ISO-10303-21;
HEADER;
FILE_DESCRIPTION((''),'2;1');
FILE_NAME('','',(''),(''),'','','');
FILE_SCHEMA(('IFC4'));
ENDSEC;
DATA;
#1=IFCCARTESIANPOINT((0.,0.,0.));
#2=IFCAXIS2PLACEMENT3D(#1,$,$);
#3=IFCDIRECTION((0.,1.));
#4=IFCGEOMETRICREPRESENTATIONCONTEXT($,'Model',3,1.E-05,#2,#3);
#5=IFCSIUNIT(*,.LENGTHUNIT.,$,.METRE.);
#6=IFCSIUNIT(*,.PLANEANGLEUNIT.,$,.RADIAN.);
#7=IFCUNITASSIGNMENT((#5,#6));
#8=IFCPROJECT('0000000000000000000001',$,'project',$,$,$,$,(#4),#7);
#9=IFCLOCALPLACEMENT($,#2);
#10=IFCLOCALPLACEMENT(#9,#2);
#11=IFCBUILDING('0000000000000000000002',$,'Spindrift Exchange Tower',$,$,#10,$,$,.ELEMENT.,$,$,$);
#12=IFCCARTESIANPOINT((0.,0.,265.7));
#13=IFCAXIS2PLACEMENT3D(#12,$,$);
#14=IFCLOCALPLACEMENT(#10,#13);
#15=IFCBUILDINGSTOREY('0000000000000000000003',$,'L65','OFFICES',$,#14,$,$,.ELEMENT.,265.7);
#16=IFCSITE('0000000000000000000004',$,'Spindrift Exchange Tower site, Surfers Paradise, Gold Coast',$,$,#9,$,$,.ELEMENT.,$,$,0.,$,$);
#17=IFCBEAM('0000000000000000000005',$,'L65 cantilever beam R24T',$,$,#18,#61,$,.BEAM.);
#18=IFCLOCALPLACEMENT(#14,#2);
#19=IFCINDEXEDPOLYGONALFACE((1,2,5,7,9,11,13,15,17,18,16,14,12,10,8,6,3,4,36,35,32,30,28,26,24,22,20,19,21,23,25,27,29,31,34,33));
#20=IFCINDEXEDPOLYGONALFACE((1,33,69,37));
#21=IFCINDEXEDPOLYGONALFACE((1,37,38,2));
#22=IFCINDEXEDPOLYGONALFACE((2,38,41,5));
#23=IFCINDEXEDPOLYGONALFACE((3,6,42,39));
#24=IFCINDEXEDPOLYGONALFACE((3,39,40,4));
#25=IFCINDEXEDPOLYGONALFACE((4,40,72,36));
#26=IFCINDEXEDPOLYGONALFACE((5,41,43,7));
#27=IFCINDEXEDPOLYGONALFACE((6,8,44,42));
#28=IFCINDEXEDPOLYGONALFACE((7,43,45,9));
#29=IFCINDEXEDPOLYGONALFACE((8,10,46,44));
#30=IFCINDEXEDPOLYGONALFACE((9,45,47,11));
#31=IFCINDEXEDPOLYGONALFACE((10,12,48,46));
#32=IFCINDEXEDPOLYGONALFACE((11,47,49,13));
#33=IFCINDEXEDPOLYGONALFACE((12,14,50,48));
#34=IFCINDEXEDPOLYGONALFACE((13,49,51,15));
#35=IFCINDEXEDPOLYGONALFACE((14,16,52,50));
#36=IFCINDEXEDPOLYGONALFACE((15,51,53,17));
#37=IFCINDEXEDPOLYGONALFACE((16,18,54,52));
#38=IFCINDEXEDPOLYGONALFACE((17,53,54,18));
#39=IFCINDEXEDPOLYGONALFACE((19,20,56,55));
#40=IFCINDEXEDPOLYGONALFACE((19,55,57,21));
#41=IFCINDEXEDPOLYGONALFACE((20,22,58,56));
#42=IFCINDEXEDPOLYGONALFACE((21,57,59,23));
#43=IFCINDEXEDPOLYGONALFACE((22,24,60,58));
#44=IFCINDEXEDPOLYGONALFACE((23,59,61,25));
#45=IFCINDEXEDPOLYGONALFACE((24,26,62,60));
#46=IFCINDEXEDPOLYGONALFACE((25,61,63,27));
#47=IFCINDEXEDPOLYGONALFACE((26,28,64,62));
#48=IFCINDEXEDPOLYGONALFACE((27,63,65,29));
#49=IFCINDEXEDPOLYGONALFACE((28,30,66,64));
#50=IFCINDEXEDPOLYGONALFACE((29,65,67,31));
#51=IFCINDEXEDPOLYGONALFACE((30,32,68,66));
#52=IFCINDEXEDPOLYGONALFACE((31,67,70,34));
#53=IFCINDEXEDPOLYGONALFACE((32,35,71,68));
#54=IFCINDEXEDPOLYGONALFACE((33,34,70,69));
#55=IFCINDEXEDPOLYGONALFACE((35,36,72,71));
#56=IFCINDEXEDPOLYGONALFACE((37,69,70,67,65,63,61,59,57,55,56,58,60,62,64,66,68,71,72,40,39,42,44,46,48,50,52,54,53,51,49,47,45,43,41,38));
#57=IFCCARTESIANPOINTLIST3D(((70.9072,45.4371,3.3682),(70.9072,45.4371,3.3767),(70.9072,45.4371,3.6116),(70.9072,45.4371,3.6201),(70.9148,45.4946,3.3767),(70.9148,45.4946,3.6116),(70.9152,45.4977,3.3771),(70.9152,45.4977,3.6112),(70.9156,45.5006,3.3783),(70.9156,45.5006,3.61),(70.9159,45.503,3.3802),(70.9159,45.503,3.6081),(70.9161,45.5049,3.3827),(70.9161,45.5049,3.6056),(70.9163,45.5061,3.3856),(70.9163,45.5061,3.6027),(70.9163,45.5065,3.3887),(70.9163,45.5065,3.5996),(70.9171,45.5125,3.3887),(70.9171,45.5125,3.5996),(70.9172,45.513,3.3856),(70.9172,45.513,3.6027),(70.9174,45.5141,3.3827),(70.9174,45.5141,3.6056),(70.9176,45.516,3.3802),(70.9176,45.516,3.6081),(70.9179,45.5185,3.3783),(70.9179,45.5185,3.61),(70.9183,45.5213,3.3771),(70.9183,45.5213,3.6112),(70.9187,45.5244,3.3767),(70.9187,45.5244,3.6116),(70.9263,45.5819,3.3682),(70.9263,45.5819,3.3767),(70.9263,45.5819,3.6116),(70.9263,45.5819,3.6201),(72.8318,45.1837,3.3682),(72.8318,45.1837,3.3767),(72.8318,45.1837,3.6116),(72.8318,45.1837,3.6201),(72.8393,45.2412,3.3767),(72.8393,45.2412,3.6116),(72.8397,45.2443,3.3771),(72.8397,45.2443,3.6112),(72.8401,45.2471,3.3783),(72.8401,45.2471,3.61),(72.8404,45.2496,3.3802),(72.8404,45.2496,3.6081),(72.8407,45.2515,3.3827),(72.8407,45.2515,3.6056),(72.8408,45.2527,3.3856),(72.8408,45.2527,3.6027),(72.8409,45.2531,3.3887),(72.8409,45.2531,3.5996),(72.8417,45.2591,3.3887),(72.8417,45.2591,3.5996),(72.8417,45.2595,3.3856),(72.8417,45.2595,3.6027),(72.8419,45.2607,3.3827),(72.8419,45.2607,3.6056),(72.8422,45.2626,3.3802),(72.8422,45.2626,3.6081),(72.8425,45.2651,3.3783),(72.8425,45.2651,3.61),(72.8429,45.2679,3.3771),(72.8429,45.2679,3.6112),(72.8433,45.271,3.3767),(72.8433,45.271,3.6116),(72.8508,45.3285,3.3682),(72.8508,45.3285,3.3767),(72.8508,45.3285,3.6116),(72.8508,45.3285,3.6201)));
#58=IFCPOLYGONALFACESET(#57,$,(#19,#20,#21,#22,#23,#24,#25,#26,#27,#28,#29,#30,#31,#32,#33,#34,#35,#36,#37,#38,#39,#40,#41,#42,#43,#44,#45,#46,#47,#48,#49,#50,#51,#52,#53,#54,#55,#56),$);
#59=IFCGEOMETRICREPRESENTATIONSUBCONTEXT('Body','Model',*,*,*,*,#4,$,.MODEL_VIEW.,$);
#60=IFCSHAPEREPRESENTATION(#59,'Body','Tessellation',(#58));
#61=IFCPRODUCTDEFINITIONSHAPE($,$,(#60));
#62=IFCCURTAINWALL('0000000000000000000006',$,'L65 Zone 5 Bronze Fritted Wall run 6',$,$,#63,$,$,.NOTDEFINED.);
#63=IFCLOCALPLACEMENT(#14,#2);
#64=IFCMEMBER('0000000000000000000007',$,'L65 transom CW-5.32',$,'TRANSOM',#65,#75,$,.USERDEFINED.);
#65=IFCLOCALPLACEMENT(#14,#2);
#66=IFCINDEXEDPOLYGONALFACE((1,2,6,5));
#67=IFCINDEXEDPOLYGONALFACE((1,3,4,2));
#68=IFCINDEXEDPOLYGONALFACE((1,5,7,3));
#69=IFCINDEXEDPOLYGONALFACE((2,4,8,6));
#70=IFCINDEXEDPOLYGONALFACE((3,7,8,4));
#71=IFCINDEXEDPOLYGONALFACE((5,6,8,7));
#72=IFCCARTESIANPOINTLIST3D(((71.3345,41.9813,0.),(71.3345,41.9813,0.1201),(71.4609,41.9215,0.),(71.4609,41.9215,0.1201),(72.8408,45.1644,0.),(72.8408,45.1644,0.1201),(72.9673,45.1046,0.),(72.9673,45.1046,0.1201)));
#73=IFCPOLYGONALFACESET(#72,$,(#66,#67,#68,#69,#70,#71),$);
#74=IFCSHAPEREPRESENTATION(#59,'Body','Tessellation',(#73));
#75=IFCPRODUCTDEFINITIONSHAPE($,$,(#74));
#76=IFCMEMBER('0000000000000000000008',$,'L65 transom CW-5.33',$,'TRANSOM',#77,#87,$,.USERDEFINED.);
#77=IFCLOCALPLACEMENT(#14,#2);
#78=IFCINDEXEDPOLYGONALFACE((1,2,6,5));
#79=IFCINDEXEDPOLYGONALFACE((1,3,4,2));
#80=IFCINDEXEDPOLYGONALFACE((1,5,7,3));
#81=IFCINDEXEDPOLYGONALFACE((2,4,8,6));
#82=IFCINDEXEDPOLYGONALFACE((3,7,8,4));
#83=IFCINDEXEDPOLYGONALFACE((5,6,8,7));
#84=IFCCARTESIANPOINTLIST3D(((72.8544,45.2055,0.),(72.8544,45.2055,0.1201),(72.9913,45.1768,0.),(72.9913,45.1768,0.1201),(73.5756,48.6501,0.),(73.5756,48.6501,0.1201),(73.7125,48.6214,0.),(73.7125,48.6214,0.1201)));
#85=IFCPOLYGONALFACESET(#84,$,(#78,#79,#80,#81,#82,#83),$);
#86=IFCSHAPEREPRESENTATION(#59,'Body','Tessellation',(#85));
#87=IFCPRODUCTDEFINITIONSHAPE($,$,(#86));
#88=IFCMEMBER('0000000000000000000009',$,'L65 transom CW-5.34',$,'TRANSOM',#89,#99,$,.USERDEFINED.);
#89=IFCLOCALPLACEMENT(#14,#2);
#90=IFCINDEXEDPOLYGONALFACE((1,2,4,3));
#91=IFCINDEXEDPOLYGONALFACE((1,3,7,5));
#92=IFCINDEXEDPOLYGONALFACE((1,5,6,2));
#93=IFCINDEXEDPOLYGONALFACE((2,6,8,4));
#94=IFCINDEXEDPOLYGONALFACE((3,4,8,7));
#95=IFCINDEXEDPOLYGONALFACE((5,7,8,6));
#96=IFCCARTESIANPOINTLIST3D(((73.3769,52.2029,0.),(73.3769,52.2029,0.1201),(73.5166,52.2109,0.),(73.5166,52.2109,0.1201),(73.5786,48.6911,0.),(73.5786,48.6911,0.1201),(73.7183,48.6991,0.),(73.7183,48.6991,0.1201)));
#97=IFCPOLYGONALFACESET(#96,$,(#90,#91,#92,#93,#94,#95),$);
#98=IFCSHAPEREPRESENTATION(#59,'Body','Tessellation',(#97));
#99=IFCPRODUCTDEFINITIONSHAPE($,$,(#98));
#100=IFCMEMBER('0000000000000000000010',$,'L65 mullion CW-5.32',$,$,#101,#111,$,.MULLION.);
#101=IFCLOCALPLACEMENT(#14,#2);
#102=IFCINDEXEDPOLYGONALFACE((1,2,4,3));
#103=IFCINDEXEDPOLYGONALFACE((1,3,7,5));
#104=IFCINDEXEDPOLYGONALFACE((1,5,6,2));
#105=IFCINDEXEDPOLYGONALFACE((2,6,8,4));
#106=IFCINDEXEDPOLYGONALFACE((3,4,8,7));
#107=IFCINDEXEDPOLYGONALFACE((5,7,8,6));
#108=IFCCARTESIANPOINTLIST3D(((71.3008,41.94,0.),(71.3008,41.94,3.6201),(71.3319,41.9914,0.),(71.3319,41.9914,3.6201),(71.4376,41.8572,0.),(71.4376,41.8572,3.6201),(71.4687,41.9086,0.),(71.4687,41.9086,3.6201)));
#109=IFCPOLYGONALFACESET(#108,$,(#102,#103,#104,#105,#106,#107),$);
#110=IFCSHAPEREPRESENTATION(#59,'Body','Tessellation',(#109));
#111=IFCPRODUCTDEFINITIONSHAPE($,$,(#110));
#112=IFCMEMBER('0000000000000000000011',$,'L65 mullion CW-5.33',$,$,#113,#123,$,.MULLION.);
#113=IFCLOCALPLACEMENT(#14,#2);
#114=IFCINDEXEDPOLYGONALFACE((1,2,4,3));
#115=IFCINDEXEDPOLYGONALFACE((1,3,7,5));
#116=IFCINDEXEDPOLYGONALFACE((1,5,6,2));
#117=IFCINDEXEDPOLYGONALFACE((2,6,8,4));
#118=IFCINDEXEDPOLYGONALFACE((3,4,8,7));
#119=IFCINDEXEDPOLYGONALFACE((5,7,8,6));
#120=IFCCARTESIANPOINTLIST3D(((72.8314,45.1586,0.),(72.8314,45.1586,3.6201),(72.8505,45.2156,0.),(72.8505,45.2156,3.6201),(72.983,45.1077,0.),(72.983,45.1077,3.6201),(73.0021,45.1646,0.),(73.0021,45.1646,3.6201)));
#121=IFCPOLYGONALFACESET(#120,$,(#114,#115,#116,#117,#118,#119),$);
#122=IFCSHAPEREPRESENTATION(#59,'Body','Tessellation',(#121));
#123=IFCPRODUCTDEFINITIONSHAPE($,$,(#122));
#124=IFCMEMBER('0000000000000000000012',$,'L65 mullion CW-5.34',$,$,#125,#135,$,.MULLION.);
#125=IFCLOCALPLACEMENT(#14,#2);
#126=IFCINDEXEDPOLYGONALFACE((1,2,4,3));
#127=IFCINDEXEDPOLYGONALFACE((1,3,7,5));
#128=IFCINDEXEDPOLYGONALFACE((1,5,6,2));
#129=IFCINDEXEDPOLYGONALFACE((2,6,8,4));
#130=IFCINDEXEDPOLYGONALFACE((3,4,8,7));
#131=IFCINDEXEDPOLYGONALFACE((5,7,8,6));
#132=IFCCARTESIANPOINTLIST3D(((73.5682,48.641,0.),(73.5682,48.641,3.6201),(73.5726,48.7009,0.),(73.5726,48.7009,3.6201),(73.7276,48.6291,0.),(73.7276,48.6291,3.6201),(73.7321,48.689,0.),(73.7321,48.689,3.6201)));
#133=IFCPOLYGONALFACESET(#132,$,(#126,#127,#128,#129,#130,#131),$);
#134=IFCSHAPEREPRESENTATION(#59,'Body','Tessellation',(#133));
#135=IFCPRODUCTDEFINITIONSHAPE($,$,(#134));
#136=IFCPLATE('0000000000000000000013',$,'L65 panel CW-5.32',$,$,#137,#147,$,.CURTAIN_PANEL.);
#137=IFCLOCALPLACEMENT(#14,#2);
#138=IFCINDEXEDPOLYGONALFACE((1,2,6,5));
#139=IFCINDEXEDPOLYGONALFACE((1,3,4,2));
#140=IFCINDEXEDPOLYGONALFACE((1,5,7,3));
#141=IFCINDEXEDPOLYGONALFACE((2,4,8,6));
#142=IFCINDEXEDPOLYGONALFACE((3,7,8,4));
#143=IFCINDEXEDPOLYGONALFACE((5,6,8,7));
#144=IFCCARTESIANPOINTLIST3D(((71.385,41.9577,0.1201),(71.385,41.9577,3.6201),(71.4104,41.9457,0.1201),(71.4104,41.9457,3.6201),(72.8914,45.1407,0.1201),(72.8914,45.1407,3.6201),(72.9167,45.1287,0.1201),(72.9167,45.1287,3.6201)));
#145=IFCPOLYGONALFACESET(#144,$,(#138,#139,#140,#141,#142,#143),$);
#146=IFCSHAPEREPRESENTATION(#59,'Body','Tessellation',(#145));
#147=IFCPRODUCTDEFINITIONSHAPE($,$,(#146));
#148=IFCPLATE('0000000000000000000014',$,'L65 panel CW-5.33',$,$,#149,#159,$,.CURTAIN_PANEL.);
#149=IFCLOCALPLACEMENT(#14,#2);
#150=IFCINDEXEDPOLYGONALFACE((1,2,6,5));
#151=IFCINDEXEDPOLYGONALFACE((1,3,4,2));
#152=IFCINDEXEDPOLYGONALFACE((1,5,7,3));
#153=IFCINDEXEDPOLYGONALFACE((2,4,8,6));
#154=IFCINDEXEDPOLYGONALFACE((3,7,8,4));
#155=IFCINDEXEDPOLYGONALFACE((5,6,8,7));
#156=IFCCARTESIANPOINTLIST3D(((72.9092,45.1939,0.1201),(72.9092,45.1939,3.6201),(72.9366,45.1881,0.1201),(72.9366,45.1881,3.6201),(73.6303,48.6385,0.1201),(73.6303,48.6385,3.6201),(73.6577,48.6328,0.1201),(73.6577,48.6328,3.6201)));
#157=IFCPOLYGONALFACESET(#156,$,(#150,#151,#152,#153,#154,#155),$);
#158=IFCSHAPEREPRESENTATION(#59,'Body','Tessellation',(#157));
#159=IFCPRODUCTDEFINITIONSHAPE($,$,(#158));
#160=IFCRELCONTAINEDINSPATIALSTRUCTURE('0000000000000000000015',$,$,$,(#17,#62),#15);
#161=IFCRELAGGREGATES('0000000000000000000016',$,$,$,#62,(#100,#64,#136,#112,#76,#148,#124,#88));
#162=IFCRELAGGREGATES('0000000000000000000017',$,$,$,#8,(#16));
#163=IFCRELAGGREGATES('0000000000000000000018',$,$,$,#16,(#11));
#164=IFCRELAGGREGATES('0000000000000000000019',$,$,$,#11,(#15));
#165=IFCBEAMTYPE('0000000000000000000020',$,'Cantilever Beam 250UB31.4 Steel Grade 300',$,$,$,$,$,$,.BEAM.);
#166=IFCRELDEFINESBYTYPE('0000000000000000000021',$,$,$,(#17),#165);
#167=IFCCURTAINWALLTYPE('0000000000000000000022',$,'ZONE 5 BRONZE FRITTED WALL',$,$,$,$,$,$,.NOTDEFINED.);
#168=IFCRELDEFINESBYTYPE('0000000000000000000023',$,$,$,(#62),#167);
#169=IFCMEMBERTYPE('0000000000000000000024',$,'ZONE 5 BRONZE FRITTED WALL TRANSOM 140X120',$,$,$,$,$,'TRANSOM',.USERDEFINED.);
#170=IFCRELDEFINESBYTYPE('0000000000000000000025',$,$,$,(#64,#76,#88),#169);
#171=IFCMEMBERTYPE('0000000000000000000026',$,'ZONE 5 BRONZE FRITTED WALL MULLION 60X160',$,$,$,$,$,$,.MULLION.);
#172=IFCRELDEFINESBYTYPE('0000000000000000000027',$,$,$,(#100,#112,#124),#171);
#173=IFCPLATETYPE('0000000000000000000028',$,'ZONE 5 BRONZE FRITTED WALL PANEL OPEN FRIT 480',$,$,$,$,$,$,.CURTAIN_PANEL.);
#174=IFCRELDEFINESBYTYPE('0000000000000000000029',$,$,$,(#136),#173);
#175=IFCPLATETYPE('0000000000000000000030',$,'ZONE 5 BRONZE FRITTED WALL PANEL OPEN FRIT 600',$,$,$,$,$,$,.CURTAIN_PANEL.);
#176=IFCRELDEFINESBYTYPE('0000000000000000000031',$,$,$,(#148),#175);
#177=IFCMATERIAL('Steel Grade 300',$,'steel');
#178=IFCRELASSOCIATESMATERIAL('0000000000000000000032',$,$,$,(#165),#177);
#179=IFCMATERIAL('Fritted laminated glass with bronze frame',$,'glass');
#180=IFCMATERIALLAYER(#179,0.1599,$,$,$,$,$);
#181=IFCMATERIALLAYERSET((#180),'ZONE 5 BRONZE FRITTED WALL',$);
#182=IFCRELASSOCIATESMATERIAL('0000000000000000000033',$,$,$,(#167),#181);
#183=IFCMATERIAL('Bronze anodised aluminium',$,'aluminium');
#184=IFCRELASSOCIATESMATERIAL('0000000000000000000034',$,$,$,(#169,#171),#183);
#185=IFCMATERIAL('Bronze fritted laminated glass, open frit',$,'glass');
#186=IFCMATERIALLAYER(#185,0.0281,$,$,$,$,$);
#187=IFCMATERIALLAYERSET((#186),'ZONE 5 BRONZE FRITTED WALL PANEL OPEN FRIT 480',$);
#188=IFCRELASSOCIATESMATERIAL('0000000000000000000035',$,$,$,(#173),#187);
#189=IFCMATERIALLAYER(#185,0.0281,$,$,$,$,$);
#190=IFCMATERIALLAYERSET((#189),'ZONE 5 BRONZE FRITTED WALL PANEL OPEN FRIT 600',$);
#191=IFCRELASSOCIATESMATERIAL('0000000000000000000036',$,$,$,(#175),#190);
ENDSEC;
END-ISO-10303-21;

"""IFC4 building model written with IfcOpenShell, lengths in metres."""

from ifc_helpers import new_model, si_unit, direction, frame, origin, origin_2d, place, context, subcontext, project, spatial, rectangle, i_section, extrude, source, transform, mapped, material, layer, layer_set, material_profile, profile_set, type_object, element, aggregate, save


model = new_model("IFC4")

# Units and contexts
model_context = context("Model", 3, precision=1e-05, world=origin(), true_north=direction((0.0, 1.0)))
body_context = subcontext(model_context, "Body", "Model", "MODEL_VIEW")
ifc_project = project(units=[si_unit("LENGTHUNIT", "METRE"), si_unit("PLANEANGLEUNIT", "RADIAN")], contexts=[model_context])

# Site, building, storey
site_placement = place(None, origin())
site = spatial("IfcSite", under=ifc_project, at=site_placement, Name="Spindrift Exchange Tower site, Surfers Paradise, Gold Coast", CompositionType="ELEMENT", RefElevation=0.0)
building_placement = place(site_placement, origin())
building = spatial("IfcBuilding", under=site, at=building_placement, Name="Spindrift Exchange Tower", CompositionType="ELEMENT")
storey_placement = place(building_placement, frame((0.0, 0.0, 265.7)))
storey = spatial("IfcBuildingStorey", under=building, at=storey_placement, Name="L65", Description="OFFICES", CompositionType="ELEMENT", Elevation=265.7)

# Beam
ifc_material_1 = material(Name="Steel Grade 300", Category="steel")
ifc_material_profile_1 = material_profile(ifc_material_1, i_section(OverallWidth=0.146, OverallDepth=0.252, WebThickness=0.0061, FlangeThickness=0.0085, FilletRadius=0.012, at=origin_2d()), Name="250UB31.4")
ifc_profile_set_1 = profile_set([ifc_material_profile_1], Name="Steel Grade 300")
beam_type_1 = type_object("IfcBeamType", Name="Cantilever Beam 250UB31.4 Steel Grade 300", PredefinedType="BEAM", material=ifc_profile_set_1)
shared_shape_1 = source(origin(), body_context, "Body", "SweptSolid", [
    extrude(i_section(OverallWidth=0.146, OverallDepth=0.252, WebThickness=0.0061, FlangeThickness=0.0085, FilletRadius=0.012, at=origin_2d()), origin(), (0.0, 0.0, 1.0), 1.9412),
])
beam_1_placement = place(storey_placement, frame((70.9167, 45.5095, 3.4941), z_axis=(0.991442, -0.130549, 0.0), x_axis=(0.130549, 0.991442, 0.0)))
element("IfcBeam", 1, at=beam_1_placement, inside=storey, type_object=beam_type_1, Name="L65 cantilever beam R24T", PredefinedType="BEAM", context=body_context, shape_type="MappedRepresentation", body=[
    mapped(shared_shape_1, transform((0.0, 0.0, 0.0), scale=1.0)),
])

# Curtain wall, members, plates
ifc_material_2 = material(Name="Fritted laminated glass with bronze frame", Category="glass")
ifc_layer_1 = layer(ifc_material_2, 0.1599)
ifc_layer_set_1 = layer_set([ifc_layer_1], Name="ZONE 5 BRONZE FRITTED WALL")
curtain_wall_type = type_object("IfcCurtainWallType", Name="ZONE 5 BRONZE FRITTED WALL", PredefinedType="NOTDEFINED", material=ifc_layer_set_1)
curtain_wall_placement = place(storey_placement, origin())
curtain_wall = element("IfcCurtainWall", 2, at=curtain_wall_placement, inside=storey, type_object=curtain_wall_type, Name="L65 Zone 5 Bronze Fritted Wall run 6", PredefinedType="NOTDEFINED")
ifc_material_3 = material(Name="Bronze anodised aluminium", Category="aluminium")
ifc_material_profile_2 = material_profile(ifc_material_3, rectangle(XDim=0.1399, YDim=0.1201, at=origin_2d()), Name="ZONE 5 BRONZE FRITTED WALL TRANSOM 140X120")
ifc_profile_set_2 = profile_set([ifc_material_profile_2], Name="Bronze anodised aluminium")
member_type_1 = type_object("IfcMemberType", Name="ZONE 5 BRONZE FRITTED WALL TRANSOM 140X120", ElementType="TRANSOM", PredefinedType="USERDEFINED", material=ifc_profile_set_2)
shared_shape_2 = source(origin(), body_context, "Body", "SweptSolid", [
    extrude(rectangle(XDim=0.1399, YDim=0.1201, at=origin_2d()), origin(), (0.0, 0.0, 1.0), 3.5215),
])
member_1_placement = place(storey_placement, frame((71.3977, 41.9514, 0.0601), z_axis=(0.427753, 0.903896, 0.0), x_axis=(-0.903896, 0.427753, 0.0)))
member_1 = element("IfcMember", 3, at=member_1_placement, type_object=member_type_1, Name="L65 transom CW-5.32", ObjectType="TRANSOM", PredefinedType="USERDEFINED", context=body_context, shape_type="MappedRepresentation", body=[
    mapped(shared_shape_2, transform((0.0, 0.0, 0.0), scale=1.0)),
])
shared_shape_3 = source(origin(), body_context, "Body", "SweptSolid", [
    extrude(rectangle(XDim=0.1399, YDim=0.1201, at=origin_2d()), origin(), (0.0, 0.0, 1.0), 3.5193),
])
member_2_placement = place(storey_placement, frame((72.9229, 45.1912, 0.0601), z_axis=(0.204927, 0.978777, 0.0), x_axis=(-0.978777, 0.204927, 0.0)))
member_2 = element("IfcMember", 4, at=member_2_placement, type_object=member_type_1, Name="L65 transom CW-5.33", ObjectType="TRANSOM", PredefinedType="USERDEFINED", context=body_context, shape_type="MappedRepresentation", body=[
    mapped(shared_shape_3, transform((0.0, 0.0, 0.0), scale=1.0)),
])
shared_shape_4 = source(origin(), body_context, "Body", "SweptSolid", [
    extrude(rectangle(XDim=0.1399, YDim=0.1201, at=origin_2d()), origin(), (0.0, 0.0, 1.0), 3.5176),
])
member_3_placement = place(storey_placement, frame((73.6484, 48.6951, 0.0601), z_axis=(-0.05733, 0.998355, 0.0), x_axis=(-0.998355, -0.05733, 0.0)))
member_3 = element("IfcMember", 5, at=member_3_placement, type_object=member_type_1, Name="L65 transom CW-5.34", ObjectType="TRANSOM", PredefinedType="USERDEFINED", context=body_context, shape_type="MappedRepresentation", body=[
    mapped(shared_shape_4, transform((0.0, 0.0, 0.0), scale=1.0)),
])
ifc_material_profile_3 = material_profile(ifc_material_3, rectangle(XDim=0.0601, YDim=0.1599, at=origin_2d()), Name="ZONE 5 BRONZE FRITTED WALL MULLION 60X160")
ifc_profile_set_3 = profile_set([ifc_material_profile_3], Name="Bronze anodised aluminium")
member_type_2 = type_object("IfcMemberType", Name="ZONE 5 BRONZE FRITTED WALL MULLION 60X160", PredefinedType="MULLION", material=ifc_profile_set_3)
shared_shape_5 = source(origin(), body_context, "Body", "SweptSolid", [
    extrude(rectangle(XDim=0.0601, YDim=0.1599, at=origin_2d()), origin(), (0.0, 0.0, 1.0), 3.6201),
])
member_4_placement = place(storey_placement, frame((71.3848, 41.9243, 0.0), z_axis=(0.0, 0.0, 1.0), x_axis=(0.517449, 0.855714, 0.0)))
member_4 = element("IfcMember", 6, at=member_4_placement, type_object=member_type_2, Name="L65 mullion CW-5.32", PredefinedType="MULLION", context=body_context, shape_type="MappedRepresentation", body=[
    mapped(shared_shape_5, transform((0.0, 0.0, 0.0), scale=1.0)),
])
member_5_placement = place(storey_placement, frame((72.9167, 45.1616, 0.0), z_axis=(0.0, 0.0, 1.0), x_axis=(0.318534, 0.947911, 0.0)))
member_5 = element("IfcMember", 7, at=member_5_placement, type_object=member_type_2, Name="L65 mullion CW-5.33", PredefinedType="MULLION", context=body_context, shape_type="MappedRepresentation", body=[
    mapped(shared_shape_5, transform((0.0, 0.0, 0.0), scale=1.0)),
])
member_6_placement = place(storey_placement, frame((73.6501, 48.665, 0.0), z_axis=(0.0, 0.0, 1.0), x_axis=(0.074416, 0.997227, 0.0)))
member_6 = element("IfcMember", 8, at=member_6_placement, type_object=member_type_2, Name="L65 mullion CW-5.34", PredefinedType="MULLION", context=body_context, shape_type="MappedRepresentation", body=[
    mapped(shared_shape_5, transform((0.0, 0.0, 0.0), scale=1.0)),
])
ifc_material_4 = material(Name="Bronze fritted laminated glass, open frit", Category="glass")
ifc_layer_2 = layer(ifc_material_4, 0.0281)
ifc_layer_set_2 = layer_set([ifc_layer_2], Name="ZONE 5 BRONZE FRITTED WALL PANEL OPEN FRIT 480")
plate_type_1 = type_object("IfcPlateType", Name="ZONE 5 BRONZE FRITTED WALL PANEL OPEN FRIT 480", PredefinedType="CURTAIN_PANEL", material=ifc_layer_set_2)
shared_shape_6 = source(origin(), body_context, "Body", "SweptSolid", [
    extrude(rectangle(XDim=3.5215, YDim=0.0281, at=origin_2d()), origin(), (0.0, 0.0, 1.0), 3.5),
])
plate_1_placement = place(storey_placement, frame((72.1509, 43.5432, 0.1201), z_axis=(0.0, 0.0, 1.0), x_axis=(0.427754, 0.903895, 0.0)))
plate_1 = element("IfcPlate", 9, at=plate_1_placement, type_object=plate_type_1, Name="L65 panel CW-5.32", PredefinedType="CURTAIN_PANEL", context=body_context, shape_type="MappedRepresentation", body=[
    mapped(shared_shape_6, transform((0.0, 0.0, 0.0), scale=1.0)),
])
ifc_layer_3 = layer(ifc_material_4, 0.0281)
ifc_layer_set_3 = layer_set([ifc_layer_3], Name="ZONE 5 BRONZE FRITTED WALL PANEL OPEN FRIT 600")
plate_type_2 = type_object("IfcPlateType", Name="ZONE 5 BRONZE FRITTED WALL PANEL OPEN FRIT 600", PredefinedType="CURTAIN_PANEL", material=ifc_layer_set_3)
shared_shape_7 = source(origin(), body_context, "Body", "SweptSolid", [
    extrude(rectangle(XDim=3.5193, YDim=0.0281, at=origin_2d()), origin(), (0.0, 0.0, 1.0), 3.5),
])
plate_2_placement = place(storey_placement, frame((73.2834, 46.9133, 0.1201), z_axis=(0.0, 0.0, 1.0), x_axis=(0.204898, 0.978783, 0.0)))
plate_2 = element("IfcPlate", 10, at=plate_2_placement, type_object=plate_type_2, Name="L65 panel CW-5.33", PredefinedType="CURTAIN_PANEL", context=body_context, shape_type="MappedRepresentation", body=[
    mapped(shared_shape_7, transform((0.0, 0.0, 0.0), scale=1.0)),
])
aggregate(curtain_wall, [member_4, member_1, plate_1, member_5, member_2, plate_2, member_6, member_3])

save(model, "model.ifc")
